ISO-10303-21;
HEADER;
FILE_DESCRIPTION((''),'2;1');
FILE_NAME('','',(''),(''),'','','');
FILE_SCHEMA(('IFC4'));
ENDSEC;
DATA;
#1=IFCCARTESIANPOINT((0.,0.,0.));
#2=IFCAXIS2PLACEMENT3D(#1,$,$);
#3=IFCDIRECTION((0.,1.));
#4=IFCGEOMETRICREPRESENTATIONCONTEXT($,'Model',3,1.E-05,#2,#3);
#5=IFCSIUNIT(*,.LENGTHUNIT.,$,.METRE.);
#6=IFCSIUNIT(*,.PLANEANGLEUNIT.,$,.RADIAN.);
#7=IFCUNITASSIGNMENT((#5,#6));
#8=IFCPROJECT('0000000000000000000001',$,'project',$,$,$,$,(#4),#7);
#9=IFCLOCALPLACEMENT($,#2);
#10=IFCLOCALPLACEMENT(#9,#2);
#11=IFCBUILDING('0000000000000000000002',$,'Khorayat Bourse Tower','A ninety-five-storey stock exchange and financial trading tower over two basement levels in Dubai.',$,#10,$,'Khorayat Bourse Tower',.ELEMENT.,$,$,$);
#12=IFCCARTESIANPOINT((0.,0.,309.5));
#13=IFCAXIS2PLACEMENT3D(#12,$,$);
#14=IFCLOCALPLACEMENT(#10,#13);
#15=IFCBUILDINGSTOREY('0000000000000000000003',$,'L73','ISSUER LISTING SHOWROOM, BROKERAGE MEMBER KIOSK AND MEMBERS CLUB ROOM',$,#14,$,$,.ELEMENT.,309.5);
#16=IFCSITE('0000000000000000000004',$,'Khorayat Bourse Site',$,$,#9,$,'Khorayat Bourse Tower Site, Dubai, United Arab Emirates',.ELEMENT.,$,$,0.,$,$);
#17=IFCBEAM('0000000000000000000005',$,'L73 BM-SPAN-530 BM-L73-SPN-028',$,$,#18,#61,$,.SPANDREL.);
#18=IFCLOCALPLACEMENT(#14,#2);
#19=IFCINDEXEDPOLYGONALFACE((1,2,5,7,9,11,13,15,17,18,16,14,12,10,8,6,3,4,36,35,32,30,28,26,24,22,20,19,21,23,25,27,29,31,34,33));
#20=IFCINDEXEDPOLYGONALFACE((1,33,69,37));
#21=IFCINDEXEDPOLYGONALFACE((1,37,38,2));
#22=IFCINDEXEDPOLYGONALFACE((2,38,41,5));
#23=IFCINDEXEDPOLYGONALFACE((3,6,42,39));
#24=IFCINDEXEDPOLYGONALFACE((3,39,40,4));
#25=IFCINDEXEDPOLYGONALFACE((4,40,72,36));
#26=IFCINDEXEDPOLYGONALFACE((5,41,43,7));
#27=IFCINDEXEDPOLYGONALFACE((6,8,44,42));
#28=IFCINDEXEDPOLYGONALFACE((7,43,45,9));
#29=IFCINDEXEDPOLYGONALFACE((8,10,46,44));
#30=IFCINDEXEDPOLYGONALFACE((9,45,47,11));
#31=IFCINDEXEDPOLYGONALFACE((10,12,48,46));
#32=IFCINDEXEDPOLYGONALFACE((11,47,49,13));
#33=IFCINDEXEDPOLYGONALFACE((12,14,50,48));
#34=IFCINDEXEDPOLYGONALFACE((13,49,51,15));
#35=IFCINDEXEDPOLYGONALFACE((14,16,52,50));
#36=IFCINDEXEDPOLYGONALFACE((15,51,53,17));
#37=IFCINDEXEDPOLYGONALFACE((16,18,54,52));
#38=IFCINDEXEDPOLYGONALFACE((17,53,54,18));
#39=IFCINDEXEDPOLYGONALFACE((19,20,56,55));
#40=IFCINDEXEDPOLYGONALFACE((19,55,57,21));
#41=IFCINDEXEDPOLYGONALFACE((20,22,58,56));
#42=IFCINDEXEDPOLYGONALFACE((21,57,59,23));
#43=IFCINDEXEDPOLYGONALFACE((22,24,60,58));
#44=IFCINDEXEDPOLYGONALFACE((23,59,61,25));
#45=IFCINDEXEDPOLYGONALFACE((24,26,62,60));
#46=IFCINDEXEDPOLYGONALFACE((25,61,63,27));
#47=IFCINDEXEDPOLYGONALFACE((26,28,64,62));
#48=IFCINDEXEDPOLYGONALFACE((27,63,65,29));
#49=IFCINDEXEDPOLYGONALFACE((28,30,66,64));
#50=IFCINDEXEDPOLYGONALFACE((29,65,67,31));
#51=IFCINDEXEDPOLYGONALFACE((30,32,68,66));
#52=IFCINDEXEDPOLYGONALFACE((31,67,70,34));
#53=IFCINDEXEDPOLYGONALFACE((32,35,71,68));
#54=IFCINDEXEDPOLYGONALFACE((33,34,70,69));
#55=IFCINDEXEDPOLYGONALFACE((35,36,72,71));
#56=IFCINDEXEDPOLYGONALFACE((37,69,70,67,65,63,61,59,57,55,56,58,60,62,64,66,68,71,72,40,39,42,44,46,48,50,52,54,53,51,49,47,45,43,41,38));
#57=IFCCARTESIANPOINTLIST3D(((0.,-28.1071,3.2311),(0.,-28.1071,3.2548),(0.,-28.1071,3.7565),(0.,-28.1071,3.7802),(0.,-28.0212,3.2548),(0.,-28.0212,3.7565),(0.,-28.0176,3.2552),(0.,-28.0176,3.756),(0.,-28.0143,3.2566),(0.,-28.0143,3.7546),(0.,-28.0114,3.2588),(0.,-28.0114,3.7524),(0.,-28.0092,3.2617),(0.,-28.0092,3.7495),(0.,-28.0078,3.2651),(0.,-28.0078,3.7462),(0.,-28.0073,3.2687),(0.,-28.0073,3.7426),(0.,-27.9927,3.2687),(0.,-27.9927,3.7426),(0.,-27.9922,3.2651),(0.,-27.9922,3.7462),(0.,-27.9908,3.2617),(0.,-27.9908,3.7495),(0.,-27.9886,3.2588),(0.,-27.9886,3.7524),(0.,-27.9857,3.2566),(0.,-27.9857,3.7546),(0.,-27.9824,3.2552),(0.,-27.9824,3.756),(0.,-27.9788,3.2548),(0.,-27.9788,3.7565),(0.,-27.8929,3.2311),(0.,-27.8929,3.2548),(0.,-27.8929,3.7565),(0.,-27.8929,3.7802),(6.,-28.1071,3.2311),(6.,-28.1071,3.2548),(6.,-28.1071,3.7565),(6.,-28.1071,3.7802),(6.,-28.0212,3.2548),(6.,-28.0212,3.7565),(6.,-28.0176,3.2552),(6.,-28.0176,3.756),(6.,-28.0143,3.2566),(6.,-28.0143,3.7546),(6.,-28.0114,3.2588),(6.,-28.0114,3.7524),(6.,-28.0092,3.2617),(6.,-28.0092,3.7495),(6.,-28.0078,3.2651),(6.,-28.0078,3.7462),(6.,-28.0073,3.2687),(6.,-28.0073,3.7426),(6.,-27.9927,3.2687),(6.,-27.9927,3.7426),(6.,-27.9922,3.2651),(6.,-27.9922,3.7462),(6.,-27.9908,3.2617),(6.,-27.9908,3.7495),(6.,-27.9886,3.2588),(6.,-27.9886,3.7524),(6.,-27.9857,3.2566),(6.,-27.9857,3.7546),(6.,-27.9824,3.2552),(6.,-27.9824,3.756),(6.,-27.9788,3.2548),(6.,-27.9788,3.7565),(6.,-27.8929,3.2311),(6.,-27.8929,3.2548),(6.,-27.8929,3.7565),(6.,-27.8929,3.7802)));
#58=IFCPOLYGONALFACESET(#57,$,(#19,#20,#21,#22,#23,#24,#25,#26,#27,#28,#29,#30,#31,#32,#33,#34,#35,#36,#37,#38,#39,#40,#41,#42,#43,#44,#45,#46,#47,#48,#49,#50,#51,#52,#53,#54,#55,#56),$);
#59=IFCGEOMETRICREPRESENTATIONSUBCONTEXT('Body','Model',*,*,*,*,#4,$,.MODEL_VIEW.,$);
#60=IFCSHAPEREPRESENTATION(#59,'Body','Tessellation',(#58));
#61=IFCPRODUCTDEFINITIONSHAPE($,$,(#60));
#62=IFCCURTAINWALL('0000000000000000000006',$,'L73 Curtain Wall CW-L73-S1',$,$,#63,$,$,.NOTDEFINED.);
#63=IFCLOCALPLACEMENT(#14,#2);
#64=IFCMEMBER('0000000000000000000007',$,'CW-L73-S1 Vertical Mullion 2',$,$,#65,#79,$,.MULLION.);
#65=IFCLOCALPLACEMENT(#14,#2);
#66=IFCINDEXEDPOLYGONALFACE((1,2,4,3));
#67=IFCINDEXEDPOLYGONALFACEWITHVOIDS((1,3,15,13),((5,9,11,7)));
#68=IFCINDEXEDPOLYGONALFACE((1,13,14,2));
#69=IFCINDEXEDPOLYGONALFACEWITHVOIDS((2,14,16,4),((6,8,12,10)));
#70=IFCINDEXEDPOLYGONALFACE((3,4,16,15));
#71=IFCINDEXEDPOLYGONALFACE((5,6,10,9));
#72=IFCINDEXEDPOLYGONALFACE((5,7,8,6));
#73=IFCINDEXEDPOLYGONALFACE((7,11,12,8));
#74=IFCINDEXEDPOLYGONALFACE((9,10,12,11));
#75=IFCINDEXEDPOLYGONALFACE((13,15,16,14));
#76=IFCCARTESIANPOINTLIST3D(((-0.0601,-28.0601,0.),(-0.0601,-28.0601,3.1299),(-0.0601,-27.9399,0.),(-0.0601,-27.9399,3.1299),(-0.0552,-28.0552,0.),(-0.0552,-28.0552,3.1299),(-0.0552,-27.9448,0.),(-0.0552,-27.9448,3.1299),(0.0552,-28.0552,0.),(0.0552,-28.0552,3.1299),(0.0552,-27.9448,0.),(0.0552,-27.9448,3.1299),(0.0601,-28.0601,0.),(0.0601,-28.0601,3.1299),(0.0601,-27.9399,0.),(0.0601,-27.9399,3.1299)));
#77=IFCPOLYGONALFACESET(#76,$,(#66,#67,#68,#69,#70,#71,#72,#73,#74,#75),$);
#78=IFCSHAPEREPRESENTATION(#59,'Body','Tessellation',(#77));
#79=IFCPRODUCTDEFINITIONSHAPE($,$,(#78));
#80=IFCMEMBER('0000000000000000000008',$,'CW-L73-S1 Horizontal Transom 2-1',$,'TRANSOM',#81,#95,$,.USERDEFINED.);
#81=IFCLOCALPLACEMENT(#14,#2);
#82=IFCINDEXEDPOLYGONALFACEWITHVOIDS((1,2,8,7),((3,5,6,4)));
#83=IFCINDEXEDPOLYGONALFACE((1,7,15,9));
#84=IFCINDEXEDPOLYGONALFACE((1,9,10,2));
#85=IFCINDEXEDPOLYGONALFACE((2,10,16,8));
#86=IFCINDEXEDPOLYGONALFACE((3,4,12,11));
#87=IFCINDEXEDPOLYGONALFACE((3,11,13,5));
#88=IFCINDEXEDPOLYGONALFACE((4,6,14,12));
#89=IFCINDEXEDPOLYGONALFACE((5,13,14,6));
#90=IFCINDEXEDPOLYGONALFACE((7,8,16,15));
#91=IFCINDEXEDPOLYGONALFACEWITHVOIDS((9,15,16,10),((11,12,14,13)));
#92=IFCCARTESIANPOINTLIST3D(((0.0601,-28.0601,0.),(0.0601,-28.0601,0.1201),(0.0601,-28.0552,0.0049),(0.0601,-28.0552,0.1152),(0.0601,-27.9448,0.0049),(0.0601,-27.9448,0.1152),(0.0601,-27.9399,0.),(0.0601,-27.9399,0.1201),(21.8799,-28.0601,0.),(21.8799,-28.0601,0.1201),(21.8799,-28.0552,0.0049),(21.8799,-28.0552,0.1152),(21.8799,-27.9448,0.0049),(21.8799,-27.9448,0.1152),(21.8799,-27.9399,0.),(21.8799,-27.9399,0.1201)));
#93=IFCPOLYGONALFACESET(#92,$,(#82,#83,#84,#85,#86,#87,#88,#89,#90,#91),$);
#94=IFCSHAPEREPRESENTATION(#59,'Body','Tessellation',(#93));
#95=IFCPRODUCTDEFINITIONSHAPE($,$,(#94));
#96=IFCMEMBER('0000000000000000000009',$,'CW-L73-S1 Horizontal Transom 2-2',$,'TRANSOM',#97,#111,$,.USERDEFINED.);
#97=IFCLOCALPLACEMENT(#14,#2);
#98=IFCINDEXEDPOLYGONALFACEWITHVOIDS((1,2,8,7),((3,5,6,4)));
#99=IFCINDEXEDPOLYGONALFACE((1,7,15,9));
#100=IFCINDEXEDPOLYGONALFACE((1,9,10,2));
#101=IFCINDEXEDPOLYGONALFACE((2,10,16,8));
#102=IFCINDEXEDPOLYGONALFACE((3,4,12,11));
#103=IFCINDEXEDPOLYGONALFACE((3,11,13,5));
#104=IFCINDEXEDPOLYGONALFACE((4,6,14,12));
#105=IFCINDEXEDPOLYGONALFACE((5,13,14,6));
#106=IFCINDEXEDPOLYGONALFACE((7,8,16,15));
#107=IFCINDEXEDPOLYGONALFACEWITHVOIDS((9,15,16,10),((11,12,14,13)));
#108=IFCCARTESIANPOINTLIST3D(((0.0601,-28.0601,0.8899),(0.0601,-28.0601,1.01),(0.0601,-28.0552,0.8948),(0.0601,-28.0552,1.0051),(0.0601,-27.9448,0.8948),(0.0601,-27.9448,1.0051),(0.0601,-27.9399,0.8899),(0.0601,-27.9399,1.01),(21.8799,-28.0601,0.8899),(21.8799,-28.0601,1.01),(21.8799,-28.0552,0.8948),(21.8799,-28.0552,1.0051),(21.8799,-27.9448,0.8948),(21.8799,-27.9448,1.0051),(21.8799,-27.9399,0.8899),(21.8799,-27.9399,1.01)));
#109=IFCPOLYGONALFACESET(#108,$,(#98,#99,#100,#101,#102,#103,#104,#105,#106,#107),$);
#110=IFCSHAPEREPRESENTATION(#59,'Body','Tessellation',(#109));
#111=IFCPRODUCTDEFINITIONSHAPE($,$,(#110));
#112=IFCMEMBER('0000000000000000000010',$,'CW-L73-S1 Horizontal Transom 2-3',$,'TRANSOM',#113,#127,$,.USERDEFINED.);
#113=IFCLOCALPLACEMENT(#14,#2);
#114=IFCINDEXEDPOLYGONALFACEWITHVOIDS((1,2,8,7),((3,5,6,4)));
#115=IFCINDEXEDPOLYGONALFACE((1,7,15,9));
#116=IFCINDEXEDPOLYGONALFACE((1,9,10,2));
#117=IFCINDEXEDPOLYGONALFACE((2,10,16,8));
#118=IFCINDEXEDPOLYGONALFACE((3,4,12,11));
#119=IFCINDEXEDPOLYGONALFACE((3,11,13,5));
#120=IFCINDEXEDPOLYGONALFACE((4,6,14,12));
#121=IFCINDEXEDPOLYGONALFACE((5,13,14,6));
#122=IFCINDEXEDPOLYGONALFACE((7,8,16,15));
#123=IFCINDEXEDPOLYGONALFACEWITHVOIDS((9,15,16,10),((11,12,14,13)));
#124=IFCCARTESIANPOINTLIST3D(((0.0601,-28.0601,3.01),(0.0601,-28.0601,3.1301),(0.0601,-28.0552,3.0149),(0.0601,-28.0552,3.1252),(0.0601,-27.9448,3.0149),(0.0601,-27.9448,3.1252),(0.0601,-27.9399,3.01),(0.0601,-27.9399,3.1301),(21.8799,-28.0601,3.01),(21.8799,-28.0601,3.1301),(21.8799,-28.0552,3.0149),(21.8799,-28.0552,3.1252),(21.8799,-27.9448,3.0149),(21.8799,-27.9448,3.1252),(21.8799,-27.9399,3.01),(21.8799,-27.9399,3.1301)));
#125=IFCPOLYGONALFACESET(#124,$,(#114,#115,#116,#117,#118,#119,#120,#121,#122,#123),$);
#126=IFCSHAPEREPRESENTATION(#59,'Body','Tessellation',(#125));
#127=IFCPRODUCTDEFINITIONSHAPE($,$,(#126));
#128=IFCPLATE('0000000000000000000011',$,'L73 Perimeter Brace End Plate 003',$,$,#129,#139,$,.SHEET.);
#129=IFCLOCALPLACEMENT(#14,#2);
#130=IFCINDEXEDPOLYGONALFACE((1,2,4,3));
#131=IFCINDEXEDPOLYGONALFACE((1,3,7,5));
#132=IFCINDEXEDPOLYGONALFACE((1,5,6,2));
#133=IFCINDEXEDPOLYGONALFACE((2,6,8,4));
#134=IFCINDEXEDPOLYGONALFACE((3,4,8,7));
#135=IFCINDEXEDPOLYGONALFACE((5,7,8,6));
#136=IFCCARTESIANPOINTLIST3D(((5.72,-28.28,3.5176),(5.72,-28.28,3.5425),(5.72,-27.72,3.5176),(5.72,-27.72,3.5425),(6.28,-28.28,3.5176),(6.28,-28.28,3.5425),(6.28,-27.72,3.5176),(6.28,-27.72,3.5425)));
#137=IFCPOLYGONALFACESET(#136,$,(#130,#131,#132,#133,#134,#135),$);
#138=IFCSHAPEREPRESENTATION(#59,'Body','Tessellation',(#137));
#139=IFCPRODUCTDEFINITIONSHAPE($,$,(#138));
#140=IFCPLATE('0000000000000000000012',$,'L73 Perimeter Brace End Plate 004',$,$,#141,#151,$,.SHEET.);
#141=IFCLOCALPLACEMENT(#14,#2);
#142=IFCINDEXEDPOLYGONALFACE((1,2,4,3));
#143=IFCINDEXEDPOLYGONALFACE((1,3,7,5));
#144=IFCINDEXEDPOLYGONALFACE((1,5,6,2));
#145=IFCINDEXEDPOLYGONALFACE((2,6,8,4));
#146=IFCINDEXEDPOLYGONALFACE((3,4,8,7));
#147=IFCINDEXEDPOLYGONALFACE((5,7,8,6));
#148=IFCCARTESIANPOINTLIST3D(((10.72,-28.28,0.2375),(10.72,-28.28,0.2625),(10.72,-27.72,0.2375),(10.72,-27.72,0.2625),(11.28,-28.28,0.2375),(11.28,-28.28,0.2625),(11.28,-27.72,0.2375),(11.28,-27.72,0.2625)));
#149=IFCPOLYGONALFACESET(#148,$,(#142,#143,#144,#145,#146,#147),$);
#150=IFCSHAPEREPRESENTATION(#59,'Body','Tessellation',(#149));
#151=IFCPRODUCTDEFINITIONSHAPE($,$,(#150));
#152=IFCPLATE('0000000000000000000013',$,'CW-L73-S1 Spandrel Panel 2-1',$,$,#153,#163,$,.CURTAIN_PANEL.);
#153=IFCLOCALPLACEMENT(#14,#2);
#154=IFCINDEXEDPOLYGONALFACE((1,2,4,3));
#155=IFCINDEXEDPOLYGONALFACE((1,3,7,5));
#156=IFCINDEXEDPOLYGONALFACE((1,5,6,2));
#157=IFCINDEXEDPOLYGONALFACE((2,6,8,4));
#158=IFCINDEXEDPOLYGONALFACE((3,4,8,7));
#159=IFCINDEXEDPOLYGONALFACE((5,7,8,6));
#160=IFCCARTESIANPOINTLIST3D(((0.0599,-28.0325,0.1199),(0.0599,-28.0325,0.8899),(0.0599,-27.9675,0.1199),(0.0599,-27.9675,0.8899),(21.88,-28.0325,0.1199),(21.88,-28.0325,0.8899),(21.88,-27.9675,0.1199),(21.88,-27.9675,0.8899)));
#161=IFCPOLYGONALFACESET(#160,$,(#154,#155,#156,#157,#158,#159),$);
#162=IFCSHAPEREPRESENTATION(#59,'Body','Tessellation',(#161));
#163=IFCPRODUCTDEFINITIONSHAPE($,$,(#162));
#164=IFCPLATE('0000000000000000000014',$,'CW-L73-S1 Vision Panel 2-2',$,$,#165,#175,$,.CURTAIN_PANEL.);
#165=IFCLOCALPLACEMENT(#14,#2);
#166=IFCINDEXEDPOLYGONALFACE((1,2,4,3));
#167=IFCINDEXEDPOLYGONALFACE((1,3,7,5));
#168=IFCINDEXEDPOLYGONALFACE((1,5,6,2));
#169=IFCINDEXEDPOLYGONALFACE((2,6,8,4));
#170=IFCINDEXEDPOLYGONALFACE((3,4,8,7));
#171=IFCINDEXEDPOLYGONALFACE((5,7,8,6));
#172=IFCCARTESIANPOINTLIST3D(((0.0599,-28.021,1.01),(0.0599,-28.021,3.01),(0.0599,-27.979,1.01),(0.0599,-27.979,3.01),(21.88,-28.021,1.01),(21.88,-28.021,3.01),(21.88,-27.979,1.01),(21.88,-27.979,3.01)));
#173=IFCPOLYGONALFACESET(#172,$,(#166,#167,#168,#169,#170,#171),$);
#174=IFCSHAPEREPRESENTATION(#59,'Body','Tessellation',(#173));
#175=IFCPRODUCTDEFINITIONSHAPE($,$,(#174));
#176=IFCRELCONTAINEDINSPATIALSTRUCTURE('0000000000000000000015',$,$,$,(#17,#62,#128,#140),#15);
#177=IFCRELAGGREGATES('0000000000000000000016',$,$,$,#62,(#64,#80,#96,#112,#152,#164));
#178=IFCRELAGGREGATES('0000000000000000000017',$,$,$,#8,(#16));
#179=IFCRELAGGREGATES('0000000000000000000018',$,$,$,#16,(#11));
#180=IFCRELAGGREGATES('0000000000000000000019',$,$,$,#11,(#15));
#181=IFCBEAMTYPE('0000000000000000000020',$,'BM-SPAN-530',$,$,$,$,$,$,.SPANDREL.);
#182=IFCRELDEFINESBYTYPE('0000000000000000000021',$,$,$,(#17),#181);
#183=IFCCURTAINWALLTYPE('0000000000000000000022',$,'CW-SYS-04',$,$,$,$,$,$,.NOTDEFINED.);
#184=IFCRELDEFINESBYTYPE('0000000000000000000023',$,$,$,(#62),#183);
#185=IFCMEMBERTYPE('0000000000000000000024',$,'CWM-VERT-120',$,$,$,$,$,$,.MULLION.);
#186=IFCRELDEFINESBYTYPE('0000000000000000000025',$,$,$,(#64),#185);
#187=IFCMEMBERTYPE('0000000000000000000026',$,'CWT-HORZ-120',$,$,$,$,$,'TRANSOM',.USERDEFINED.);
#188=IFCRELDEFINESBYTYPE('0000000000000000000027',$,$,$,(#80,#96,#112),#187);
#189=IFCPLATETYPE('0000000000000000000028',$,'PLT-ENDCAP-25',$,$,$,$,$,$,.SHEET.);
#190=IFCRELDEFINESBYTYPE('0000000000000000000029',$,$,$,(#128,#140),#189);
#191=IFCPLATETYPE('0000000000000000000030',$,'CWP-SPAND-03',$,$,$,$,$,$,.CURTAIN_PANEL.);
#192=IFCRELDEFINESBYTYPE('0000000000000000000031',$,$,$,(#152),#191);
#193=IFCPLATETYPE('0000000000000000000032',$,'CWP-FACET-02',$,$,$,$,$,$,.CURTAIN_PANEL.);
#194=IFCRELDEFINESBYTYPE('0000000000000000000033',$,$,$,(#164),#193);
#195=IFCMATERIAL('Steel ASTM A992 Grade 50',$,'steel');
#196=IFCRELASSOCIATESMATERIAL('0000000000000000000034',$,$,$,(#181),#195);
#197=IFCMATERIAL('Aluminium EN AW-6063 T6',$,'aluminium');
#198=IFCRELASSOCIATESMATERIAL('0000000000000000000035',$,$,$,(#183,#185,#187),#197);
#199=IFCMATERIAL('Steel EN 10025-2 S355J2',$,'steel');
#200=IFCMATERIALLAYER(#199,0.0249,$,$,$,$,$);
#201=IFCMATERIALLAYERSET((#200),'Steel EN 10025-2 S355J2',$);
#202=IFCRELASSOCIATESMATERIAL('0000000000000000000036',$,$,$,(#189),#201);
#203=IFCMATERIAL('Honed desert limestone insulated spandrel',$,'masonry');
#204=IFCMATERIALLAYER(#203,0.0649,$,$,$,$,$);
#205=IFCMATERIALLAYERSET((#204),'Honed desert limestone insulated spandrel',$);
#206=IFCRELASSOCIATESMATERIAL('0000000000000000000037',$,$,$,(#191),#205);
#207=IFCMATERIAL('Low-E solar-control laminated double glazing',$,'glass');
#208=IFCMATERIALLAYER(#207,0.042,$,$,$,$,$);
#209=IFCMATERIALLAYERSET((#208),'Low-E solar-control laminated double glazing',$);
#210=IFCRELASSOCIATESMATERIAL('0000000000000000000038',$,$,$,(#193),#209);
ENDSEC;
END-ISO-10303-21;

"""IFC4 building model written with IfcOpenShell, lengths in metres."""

from ifc_helpers import new_model, si_unit, direction, frame, origin, origin_2d, place, context, subcontext, project, spatial, rectangle, hollow_rectangle, i_section, extrude, source, transform, mapped, material, layer, layer_set, material_profile, profile_set, type_object, element, aggregate, save


model = new_model("IFC4")

# Units and contexts
model_context = context("Model", 3, precision=1e-05, world=origin(), true_north=direction((0.0, 1.0)))
body_context = subcontext(model_context, "Body", "Model", "MODEL_VIEW")
ifc_project = project(units=[si_unit("LENGTHUNIT", "METRE"), si_unit("PLANEANGLEUNIT", "RADIAN")], contexts=[model_context])

# Site, building, storey
site_placement = place(None, origin())
site = spatial("IfcSite", under=ifc_project, at=site_placement, Name="Khorayat Bourse Site", LongName="Khorayat Bourse Tower Site, Dubai, United Arab Emirates", CompositionType="ELEMENT", RefElevation=0.0)
building_placement = place(site_placement, origin())
building = spatial("IfcBuilding", under=site, at=building_placement, Name="Khorayat Bourse Tower", Description="A ninety-five-storey stock exchange and financial trading tower over two basement levels in Dubai.", LongName="Khorayat Bourse Tower", CompositionType="ELEMENT")
storey_placement = place(building_placement, frame((0.0, 0.0, 309.5)))
storey = spatial("IfcBuildingStorey", under=building, at=storey_placement, Name="L73", Description="ISSUER LISTING SHOWROOM, BROKERAGE MEMBER KIOSK AND MEMBERS CLUB ROOM", CompositionType="ELEMENT", Elevation=309.5)

# Shared definitions
ifc_material_1 = material(Name="Steel ASTM A992 Grade 50", Category="steel")

# Beam
ifc_material_profile_1 = material_profile(ifc_material_1, i_section(OverallWidth=0.2141, OverallDepth=0.5491, WebThickness=0.0146, FlangeThickness=0.0237, FilletRadius=0.0139, at=origin_2d()), Name="W530X138")
ifc_profile_set_1 = profile_set([ifc_material_profile_1], Name="Steel ASTM A992 Grade 50")
beam_type_1 = type_object("IfcBeamType", Name="BM-SPAN-530", PredefinedType="SPANDREL", material=ifc_profile_set_1)
shared_shape_1 = source(origin(), body_context, "Body", "SweptSolid", [
    extrude(i_section(OverallWidth=0.2141, OverallDepth=0.5491, WebThickness=0.0146, FlangeThickness=0.0237, FilletRadius=0.0139, at=origin_2d()), origin(), (0.0, 0.0, 1.0), 6.0),
])
beam_1_placement = place(storey_placement, frame((0.0, -28.0, 3.5056), z_axis=(1.0, 0.0, 0.0), x_axis=(0.0, 1.0, 0.0)))
element("IfcBeam", 1, at=beam_1_placement, inside=storey, type_object=beam_type_1, Name="L73 BM-SPAN-530 BM-L73-SPN-028", PredefinedType="SPANDREL", context=body_context, shape_type="MappedRepresentation", body=[
    mapped(shared_shape_1, transform((0.0, 0.0, 0.0), scale=1.0)),
])

# Curtain wall, members
ifc_material_2 = material(Name="Aluminium EN AW-6063 T6", Category="aluminium")
curtain_wall_type = type_object("IfcCurtainWallType", Name="CW-SYS-04", PredefinedType="NOTDEFINED", material=ifc_material_2)
curtain_wall_placement = place(storey_placement, origin())
curtain_wall = element("IfcCurtainWall", 2, at=curtain_wall_placement, inside=storey, type_object=curtain_wall_type, Name="L73 Curtain Wall CW-L73-S1", PredefinedType="NOTDEFINED")
ifc_material_profile_2 = material_profile(ifc_material_2, hollow_rectangle(XDim=0.1201, YDim=0.1201, WallThickness=0.0049, at=origin_2d()), Name="ALU 120x120x5")
ifc_profile_set_2 = profile_set([ifc_material_profile_2], Name="Aluminium EN AW-6063 T6")
member_type_1 = type_object("IfcMemberType", Name="CWM-VERT-120", PredefinedType="MULLION", material=ifc_profile_set_2)
shared_shape_2 = source(origin(), body_context, "Body", "SweptSolid", [
    extrude(hollow_rectangle(XDim=0.1201, YDim=0.1201, WallThickness=0.0049, at=origin_2d()), origin(), (0.0, 0.0, 1.0), 3.1299),
])
member_1_placement = place(storey_placement, frame((0.0, -28.0, 0.0), z_axis=(0.0, 0.0, 1.0), x_axis=(0.0, 1.0, 0.0)))
member_1 = element("IfcMember", 3, at=member_1_placement, type_object=member_type_1, Name="CW-L73-S1 Vertical Mullion 2", PredefinedType="MULLION", context=body_context, shape_type="MappedRepresentation", body=[
    mapped(shared_shape_2, transform((0.0, 0.0, 0.0), scale=1.0)),
])
ifc_material_profile_3 = material_profile(ifc_material_2, hollow_rectangle(XDim=0.1201, YDim=0.1201, WallThickness=0.0049, at=origin_2d()), Name="ALU 120x120x5")
ifc_profile_set_3 = profile_set([ifc_material_profile_3], Name="Aluminium EN AW-6063 T6")
member_type_2 = type_object("IfcMemberType", Name="CWT-HORZ-120", ElementType="TRANSOM", PredefinedType="USERDEFINED", material=ifc_profile_set_3)
shared_shape_3 = source(origin(), body_context, "Body", "SweptSolid", [
    extrude(hollow_rectangle(XDim=0.1201, YDim=0.1201, WallThickness=0.0049, at=origin_2d()), origin(), (0.0, 0.0, 1.0), 21.8198),
])
member_2_placement = place(storey_placement, frame((0.0601, -28.0, 0.0601), z_axis=(1.0, 0.0, 0.0), x_axis=(0.0, 1.0, 0.0)))
member_2 = element("IfcMember", 4, at=member_2_placement, type_object=member_type_2, Name="CW-L73-S1 Horizontal Transom 2-1", ObjectType="TRANSOM", PredefinedType="USERDEFINED", context=body_context, shape_type="MappedRepresentation", body=[
    mapped(shared_shape_3, transform((0.0, 0.0, 0.0), scale=1.0)),
])
member_3_placement = place(storey_placement, frame((0.0601, -28.0, 0.95), z_axis=(1.0, 0.0, 0.0), x_axis=(0.0, 1.0, 0.0)))
member_3 = element("IfcMember", 5, at=member_3_placement, type_object=member_type_2, Name="CW-L73-S1 Horizontal Transom 2-2", ObjectType="TRANSOM", PredefinedType="USERDEFINED", context=body_context, shape_type="MappedRepresentation", body=[
    mapped(shared_shape_3, transform((0.0, 0.0, 0.0), scale=1.0)),
])
member_4_placement = place(storey_placement, frame((0.0601, -28.0, 3.0701), z_axis=(1.0, 0.0, 0.0), x_axis=(0.0, 1.0, 0.0)))
member_4 = element("IfcMember", 6, at=member_4_placement, type_object=member_type_2, Name="CW-L73-S1 Horizontal Transom 2-3", ObjectType="TRANSOM", PredefinedType="USERDEFINED", context=body_context, shape_type="MappedRepresentation", body=[
    mapped(shared_shape_3, transform((0.0, 0.0, 0.0), scale=1.0)),
])

# Plates
ifc_material_3 = material(Name="Steel EN 10025-2 S355J2", Category="steel")
ifc_layer_1 = layer(ifc_material_3, 0.0249)
ifc_layer_set_1 = layer_set([ifc_layer_1], Name="Steel EN 10025-2 S355J2")
plate_type_1 = type_object("IfcPlateType", Name="PLT-ENDCAP-25", PredefinedType="SHEET", material=ifc_layer_set_1)
shared_shape_4 = source(origin(), body_context, "Body", "SweptSolid", [
    extrude(rectangle(XDim=0.5601, YDim=0.5601, at=origin_2d()), origin(), (0.0, 0.0, 1.0), 0.0249),
])
for number, where, z_axis, x_axis, name in (
    (7, (6.0, -28.0, 3.5176), (0.0, 0.0, 1.0), (1.0, 0.0, 0.0), "L73 Perimeter Brace End Plate 003"),
    (8, (11.0, -28.0, 0.2375), (0.0, 0.0, 1.0), (1.0, 0.0, 0.0), "L73 Perimeter Brace End Plate 004"),
):
    element("IfcPlate", number, at=place(storey_placement, frame(where, z_axis=z_axis, x_axis=x_axis)), inside=storey, type_object=plate_type_1, Name=name, PredefinedType="SHEET", context=body_context, shape_type="MappedRepresentation", body=[
        mapped(shared_shape_4, transform((0.0, 0.0, 0.0), scale=1.0)),
    ])

# Plates
ifc_material_4 = material(Name="Honed desert limestone insulated spandrel", Category="masonry")
ifc_layer_2 = layer(ifc_material_4, 0.0649)
ifc_layer_set_2 = layer_set([ifc_layer_2], Name="Honed desert limestone insulated spandrel")
plate_type_2 = type_object("IfcPlateType", Name="CWP-SPAND-03", PredefinedType="CURTAIN_PANEL", material=ifc_layer_set_2)
shared_shape_5 = source(origin(), body_context, "Body", "SweptSolid", [
    extrude(rectangle(XDim=21.8201, YDim=0.0649, at=origin_2d()), origin(), (0.0, 0.0, 1.0), 0.77),
])
plate_1_placement = place(storey_placement, frame((10.97, -28.0, 0.1199), z_axis=(0.0, 0.0, 1.0), x_axis=(1.0, 0.0, 0.0)))
plate_1 = element("IfcPlate", 9, at=plate_1_placement, type_object=plate_type_2, Name="CW-L73-S1 Spandrel Panel 2-1", PredefinedType="CURTAIN_PANEL", context=body_context, shape_type="MappedRepresentation", body=[
    mapped(shared_shape_5, transform((0.0, 0.0, 0.0), scale=1.0)),
])
ifc_material_5 = material(Name="Low-E solar-control laminated double glazing", Category="glass")
ifc_layer_3 = layer(ifc_material_5, 0.042)
ifc_layer_set_3 = layer_set([ifc_layer_3], Name="Low-E solar-control laminated double glazing")
plate_type_3 = type_object("IfcPlateType", Name="CWP-FACET-02", PredefinedType="CURTAIN_PANEL", material=ifc_layer_set_3)
shared_shape_6 = source(origin(), body_context, "Body", "SweptSolid", [
    extrude(rectangle(XDim=21.8201, YDim=0.042, at=origin_2d()), origin(), (0.0, 0.0, 1.0), 2.0),
])
plate_2_placement = place(storey_placement, frame((10.97, -28.0, 1.01), z_axis=(0.0, 0.0, 1.0), x_axis=(1.0, 0.0, 0.0)))
plate_2 = element("IfcPlate", 10, at=plate_2_placement, type_object=plate_type_3, Name="CW-L73-S1 Vision Panel 2-2", PredefinedType="CURTAIN_PANEL", context=body_context, shape_type="MappedRepresentation", body=[
    mapped(shared_shape_6, transform((0.0, 0.0, 0.0), scale=1.0)),
])
aggregate(curtain_wall, [member_1, member_2, member_3, member_4, plate_1, plate_2])

save(model, "model.ifc")
